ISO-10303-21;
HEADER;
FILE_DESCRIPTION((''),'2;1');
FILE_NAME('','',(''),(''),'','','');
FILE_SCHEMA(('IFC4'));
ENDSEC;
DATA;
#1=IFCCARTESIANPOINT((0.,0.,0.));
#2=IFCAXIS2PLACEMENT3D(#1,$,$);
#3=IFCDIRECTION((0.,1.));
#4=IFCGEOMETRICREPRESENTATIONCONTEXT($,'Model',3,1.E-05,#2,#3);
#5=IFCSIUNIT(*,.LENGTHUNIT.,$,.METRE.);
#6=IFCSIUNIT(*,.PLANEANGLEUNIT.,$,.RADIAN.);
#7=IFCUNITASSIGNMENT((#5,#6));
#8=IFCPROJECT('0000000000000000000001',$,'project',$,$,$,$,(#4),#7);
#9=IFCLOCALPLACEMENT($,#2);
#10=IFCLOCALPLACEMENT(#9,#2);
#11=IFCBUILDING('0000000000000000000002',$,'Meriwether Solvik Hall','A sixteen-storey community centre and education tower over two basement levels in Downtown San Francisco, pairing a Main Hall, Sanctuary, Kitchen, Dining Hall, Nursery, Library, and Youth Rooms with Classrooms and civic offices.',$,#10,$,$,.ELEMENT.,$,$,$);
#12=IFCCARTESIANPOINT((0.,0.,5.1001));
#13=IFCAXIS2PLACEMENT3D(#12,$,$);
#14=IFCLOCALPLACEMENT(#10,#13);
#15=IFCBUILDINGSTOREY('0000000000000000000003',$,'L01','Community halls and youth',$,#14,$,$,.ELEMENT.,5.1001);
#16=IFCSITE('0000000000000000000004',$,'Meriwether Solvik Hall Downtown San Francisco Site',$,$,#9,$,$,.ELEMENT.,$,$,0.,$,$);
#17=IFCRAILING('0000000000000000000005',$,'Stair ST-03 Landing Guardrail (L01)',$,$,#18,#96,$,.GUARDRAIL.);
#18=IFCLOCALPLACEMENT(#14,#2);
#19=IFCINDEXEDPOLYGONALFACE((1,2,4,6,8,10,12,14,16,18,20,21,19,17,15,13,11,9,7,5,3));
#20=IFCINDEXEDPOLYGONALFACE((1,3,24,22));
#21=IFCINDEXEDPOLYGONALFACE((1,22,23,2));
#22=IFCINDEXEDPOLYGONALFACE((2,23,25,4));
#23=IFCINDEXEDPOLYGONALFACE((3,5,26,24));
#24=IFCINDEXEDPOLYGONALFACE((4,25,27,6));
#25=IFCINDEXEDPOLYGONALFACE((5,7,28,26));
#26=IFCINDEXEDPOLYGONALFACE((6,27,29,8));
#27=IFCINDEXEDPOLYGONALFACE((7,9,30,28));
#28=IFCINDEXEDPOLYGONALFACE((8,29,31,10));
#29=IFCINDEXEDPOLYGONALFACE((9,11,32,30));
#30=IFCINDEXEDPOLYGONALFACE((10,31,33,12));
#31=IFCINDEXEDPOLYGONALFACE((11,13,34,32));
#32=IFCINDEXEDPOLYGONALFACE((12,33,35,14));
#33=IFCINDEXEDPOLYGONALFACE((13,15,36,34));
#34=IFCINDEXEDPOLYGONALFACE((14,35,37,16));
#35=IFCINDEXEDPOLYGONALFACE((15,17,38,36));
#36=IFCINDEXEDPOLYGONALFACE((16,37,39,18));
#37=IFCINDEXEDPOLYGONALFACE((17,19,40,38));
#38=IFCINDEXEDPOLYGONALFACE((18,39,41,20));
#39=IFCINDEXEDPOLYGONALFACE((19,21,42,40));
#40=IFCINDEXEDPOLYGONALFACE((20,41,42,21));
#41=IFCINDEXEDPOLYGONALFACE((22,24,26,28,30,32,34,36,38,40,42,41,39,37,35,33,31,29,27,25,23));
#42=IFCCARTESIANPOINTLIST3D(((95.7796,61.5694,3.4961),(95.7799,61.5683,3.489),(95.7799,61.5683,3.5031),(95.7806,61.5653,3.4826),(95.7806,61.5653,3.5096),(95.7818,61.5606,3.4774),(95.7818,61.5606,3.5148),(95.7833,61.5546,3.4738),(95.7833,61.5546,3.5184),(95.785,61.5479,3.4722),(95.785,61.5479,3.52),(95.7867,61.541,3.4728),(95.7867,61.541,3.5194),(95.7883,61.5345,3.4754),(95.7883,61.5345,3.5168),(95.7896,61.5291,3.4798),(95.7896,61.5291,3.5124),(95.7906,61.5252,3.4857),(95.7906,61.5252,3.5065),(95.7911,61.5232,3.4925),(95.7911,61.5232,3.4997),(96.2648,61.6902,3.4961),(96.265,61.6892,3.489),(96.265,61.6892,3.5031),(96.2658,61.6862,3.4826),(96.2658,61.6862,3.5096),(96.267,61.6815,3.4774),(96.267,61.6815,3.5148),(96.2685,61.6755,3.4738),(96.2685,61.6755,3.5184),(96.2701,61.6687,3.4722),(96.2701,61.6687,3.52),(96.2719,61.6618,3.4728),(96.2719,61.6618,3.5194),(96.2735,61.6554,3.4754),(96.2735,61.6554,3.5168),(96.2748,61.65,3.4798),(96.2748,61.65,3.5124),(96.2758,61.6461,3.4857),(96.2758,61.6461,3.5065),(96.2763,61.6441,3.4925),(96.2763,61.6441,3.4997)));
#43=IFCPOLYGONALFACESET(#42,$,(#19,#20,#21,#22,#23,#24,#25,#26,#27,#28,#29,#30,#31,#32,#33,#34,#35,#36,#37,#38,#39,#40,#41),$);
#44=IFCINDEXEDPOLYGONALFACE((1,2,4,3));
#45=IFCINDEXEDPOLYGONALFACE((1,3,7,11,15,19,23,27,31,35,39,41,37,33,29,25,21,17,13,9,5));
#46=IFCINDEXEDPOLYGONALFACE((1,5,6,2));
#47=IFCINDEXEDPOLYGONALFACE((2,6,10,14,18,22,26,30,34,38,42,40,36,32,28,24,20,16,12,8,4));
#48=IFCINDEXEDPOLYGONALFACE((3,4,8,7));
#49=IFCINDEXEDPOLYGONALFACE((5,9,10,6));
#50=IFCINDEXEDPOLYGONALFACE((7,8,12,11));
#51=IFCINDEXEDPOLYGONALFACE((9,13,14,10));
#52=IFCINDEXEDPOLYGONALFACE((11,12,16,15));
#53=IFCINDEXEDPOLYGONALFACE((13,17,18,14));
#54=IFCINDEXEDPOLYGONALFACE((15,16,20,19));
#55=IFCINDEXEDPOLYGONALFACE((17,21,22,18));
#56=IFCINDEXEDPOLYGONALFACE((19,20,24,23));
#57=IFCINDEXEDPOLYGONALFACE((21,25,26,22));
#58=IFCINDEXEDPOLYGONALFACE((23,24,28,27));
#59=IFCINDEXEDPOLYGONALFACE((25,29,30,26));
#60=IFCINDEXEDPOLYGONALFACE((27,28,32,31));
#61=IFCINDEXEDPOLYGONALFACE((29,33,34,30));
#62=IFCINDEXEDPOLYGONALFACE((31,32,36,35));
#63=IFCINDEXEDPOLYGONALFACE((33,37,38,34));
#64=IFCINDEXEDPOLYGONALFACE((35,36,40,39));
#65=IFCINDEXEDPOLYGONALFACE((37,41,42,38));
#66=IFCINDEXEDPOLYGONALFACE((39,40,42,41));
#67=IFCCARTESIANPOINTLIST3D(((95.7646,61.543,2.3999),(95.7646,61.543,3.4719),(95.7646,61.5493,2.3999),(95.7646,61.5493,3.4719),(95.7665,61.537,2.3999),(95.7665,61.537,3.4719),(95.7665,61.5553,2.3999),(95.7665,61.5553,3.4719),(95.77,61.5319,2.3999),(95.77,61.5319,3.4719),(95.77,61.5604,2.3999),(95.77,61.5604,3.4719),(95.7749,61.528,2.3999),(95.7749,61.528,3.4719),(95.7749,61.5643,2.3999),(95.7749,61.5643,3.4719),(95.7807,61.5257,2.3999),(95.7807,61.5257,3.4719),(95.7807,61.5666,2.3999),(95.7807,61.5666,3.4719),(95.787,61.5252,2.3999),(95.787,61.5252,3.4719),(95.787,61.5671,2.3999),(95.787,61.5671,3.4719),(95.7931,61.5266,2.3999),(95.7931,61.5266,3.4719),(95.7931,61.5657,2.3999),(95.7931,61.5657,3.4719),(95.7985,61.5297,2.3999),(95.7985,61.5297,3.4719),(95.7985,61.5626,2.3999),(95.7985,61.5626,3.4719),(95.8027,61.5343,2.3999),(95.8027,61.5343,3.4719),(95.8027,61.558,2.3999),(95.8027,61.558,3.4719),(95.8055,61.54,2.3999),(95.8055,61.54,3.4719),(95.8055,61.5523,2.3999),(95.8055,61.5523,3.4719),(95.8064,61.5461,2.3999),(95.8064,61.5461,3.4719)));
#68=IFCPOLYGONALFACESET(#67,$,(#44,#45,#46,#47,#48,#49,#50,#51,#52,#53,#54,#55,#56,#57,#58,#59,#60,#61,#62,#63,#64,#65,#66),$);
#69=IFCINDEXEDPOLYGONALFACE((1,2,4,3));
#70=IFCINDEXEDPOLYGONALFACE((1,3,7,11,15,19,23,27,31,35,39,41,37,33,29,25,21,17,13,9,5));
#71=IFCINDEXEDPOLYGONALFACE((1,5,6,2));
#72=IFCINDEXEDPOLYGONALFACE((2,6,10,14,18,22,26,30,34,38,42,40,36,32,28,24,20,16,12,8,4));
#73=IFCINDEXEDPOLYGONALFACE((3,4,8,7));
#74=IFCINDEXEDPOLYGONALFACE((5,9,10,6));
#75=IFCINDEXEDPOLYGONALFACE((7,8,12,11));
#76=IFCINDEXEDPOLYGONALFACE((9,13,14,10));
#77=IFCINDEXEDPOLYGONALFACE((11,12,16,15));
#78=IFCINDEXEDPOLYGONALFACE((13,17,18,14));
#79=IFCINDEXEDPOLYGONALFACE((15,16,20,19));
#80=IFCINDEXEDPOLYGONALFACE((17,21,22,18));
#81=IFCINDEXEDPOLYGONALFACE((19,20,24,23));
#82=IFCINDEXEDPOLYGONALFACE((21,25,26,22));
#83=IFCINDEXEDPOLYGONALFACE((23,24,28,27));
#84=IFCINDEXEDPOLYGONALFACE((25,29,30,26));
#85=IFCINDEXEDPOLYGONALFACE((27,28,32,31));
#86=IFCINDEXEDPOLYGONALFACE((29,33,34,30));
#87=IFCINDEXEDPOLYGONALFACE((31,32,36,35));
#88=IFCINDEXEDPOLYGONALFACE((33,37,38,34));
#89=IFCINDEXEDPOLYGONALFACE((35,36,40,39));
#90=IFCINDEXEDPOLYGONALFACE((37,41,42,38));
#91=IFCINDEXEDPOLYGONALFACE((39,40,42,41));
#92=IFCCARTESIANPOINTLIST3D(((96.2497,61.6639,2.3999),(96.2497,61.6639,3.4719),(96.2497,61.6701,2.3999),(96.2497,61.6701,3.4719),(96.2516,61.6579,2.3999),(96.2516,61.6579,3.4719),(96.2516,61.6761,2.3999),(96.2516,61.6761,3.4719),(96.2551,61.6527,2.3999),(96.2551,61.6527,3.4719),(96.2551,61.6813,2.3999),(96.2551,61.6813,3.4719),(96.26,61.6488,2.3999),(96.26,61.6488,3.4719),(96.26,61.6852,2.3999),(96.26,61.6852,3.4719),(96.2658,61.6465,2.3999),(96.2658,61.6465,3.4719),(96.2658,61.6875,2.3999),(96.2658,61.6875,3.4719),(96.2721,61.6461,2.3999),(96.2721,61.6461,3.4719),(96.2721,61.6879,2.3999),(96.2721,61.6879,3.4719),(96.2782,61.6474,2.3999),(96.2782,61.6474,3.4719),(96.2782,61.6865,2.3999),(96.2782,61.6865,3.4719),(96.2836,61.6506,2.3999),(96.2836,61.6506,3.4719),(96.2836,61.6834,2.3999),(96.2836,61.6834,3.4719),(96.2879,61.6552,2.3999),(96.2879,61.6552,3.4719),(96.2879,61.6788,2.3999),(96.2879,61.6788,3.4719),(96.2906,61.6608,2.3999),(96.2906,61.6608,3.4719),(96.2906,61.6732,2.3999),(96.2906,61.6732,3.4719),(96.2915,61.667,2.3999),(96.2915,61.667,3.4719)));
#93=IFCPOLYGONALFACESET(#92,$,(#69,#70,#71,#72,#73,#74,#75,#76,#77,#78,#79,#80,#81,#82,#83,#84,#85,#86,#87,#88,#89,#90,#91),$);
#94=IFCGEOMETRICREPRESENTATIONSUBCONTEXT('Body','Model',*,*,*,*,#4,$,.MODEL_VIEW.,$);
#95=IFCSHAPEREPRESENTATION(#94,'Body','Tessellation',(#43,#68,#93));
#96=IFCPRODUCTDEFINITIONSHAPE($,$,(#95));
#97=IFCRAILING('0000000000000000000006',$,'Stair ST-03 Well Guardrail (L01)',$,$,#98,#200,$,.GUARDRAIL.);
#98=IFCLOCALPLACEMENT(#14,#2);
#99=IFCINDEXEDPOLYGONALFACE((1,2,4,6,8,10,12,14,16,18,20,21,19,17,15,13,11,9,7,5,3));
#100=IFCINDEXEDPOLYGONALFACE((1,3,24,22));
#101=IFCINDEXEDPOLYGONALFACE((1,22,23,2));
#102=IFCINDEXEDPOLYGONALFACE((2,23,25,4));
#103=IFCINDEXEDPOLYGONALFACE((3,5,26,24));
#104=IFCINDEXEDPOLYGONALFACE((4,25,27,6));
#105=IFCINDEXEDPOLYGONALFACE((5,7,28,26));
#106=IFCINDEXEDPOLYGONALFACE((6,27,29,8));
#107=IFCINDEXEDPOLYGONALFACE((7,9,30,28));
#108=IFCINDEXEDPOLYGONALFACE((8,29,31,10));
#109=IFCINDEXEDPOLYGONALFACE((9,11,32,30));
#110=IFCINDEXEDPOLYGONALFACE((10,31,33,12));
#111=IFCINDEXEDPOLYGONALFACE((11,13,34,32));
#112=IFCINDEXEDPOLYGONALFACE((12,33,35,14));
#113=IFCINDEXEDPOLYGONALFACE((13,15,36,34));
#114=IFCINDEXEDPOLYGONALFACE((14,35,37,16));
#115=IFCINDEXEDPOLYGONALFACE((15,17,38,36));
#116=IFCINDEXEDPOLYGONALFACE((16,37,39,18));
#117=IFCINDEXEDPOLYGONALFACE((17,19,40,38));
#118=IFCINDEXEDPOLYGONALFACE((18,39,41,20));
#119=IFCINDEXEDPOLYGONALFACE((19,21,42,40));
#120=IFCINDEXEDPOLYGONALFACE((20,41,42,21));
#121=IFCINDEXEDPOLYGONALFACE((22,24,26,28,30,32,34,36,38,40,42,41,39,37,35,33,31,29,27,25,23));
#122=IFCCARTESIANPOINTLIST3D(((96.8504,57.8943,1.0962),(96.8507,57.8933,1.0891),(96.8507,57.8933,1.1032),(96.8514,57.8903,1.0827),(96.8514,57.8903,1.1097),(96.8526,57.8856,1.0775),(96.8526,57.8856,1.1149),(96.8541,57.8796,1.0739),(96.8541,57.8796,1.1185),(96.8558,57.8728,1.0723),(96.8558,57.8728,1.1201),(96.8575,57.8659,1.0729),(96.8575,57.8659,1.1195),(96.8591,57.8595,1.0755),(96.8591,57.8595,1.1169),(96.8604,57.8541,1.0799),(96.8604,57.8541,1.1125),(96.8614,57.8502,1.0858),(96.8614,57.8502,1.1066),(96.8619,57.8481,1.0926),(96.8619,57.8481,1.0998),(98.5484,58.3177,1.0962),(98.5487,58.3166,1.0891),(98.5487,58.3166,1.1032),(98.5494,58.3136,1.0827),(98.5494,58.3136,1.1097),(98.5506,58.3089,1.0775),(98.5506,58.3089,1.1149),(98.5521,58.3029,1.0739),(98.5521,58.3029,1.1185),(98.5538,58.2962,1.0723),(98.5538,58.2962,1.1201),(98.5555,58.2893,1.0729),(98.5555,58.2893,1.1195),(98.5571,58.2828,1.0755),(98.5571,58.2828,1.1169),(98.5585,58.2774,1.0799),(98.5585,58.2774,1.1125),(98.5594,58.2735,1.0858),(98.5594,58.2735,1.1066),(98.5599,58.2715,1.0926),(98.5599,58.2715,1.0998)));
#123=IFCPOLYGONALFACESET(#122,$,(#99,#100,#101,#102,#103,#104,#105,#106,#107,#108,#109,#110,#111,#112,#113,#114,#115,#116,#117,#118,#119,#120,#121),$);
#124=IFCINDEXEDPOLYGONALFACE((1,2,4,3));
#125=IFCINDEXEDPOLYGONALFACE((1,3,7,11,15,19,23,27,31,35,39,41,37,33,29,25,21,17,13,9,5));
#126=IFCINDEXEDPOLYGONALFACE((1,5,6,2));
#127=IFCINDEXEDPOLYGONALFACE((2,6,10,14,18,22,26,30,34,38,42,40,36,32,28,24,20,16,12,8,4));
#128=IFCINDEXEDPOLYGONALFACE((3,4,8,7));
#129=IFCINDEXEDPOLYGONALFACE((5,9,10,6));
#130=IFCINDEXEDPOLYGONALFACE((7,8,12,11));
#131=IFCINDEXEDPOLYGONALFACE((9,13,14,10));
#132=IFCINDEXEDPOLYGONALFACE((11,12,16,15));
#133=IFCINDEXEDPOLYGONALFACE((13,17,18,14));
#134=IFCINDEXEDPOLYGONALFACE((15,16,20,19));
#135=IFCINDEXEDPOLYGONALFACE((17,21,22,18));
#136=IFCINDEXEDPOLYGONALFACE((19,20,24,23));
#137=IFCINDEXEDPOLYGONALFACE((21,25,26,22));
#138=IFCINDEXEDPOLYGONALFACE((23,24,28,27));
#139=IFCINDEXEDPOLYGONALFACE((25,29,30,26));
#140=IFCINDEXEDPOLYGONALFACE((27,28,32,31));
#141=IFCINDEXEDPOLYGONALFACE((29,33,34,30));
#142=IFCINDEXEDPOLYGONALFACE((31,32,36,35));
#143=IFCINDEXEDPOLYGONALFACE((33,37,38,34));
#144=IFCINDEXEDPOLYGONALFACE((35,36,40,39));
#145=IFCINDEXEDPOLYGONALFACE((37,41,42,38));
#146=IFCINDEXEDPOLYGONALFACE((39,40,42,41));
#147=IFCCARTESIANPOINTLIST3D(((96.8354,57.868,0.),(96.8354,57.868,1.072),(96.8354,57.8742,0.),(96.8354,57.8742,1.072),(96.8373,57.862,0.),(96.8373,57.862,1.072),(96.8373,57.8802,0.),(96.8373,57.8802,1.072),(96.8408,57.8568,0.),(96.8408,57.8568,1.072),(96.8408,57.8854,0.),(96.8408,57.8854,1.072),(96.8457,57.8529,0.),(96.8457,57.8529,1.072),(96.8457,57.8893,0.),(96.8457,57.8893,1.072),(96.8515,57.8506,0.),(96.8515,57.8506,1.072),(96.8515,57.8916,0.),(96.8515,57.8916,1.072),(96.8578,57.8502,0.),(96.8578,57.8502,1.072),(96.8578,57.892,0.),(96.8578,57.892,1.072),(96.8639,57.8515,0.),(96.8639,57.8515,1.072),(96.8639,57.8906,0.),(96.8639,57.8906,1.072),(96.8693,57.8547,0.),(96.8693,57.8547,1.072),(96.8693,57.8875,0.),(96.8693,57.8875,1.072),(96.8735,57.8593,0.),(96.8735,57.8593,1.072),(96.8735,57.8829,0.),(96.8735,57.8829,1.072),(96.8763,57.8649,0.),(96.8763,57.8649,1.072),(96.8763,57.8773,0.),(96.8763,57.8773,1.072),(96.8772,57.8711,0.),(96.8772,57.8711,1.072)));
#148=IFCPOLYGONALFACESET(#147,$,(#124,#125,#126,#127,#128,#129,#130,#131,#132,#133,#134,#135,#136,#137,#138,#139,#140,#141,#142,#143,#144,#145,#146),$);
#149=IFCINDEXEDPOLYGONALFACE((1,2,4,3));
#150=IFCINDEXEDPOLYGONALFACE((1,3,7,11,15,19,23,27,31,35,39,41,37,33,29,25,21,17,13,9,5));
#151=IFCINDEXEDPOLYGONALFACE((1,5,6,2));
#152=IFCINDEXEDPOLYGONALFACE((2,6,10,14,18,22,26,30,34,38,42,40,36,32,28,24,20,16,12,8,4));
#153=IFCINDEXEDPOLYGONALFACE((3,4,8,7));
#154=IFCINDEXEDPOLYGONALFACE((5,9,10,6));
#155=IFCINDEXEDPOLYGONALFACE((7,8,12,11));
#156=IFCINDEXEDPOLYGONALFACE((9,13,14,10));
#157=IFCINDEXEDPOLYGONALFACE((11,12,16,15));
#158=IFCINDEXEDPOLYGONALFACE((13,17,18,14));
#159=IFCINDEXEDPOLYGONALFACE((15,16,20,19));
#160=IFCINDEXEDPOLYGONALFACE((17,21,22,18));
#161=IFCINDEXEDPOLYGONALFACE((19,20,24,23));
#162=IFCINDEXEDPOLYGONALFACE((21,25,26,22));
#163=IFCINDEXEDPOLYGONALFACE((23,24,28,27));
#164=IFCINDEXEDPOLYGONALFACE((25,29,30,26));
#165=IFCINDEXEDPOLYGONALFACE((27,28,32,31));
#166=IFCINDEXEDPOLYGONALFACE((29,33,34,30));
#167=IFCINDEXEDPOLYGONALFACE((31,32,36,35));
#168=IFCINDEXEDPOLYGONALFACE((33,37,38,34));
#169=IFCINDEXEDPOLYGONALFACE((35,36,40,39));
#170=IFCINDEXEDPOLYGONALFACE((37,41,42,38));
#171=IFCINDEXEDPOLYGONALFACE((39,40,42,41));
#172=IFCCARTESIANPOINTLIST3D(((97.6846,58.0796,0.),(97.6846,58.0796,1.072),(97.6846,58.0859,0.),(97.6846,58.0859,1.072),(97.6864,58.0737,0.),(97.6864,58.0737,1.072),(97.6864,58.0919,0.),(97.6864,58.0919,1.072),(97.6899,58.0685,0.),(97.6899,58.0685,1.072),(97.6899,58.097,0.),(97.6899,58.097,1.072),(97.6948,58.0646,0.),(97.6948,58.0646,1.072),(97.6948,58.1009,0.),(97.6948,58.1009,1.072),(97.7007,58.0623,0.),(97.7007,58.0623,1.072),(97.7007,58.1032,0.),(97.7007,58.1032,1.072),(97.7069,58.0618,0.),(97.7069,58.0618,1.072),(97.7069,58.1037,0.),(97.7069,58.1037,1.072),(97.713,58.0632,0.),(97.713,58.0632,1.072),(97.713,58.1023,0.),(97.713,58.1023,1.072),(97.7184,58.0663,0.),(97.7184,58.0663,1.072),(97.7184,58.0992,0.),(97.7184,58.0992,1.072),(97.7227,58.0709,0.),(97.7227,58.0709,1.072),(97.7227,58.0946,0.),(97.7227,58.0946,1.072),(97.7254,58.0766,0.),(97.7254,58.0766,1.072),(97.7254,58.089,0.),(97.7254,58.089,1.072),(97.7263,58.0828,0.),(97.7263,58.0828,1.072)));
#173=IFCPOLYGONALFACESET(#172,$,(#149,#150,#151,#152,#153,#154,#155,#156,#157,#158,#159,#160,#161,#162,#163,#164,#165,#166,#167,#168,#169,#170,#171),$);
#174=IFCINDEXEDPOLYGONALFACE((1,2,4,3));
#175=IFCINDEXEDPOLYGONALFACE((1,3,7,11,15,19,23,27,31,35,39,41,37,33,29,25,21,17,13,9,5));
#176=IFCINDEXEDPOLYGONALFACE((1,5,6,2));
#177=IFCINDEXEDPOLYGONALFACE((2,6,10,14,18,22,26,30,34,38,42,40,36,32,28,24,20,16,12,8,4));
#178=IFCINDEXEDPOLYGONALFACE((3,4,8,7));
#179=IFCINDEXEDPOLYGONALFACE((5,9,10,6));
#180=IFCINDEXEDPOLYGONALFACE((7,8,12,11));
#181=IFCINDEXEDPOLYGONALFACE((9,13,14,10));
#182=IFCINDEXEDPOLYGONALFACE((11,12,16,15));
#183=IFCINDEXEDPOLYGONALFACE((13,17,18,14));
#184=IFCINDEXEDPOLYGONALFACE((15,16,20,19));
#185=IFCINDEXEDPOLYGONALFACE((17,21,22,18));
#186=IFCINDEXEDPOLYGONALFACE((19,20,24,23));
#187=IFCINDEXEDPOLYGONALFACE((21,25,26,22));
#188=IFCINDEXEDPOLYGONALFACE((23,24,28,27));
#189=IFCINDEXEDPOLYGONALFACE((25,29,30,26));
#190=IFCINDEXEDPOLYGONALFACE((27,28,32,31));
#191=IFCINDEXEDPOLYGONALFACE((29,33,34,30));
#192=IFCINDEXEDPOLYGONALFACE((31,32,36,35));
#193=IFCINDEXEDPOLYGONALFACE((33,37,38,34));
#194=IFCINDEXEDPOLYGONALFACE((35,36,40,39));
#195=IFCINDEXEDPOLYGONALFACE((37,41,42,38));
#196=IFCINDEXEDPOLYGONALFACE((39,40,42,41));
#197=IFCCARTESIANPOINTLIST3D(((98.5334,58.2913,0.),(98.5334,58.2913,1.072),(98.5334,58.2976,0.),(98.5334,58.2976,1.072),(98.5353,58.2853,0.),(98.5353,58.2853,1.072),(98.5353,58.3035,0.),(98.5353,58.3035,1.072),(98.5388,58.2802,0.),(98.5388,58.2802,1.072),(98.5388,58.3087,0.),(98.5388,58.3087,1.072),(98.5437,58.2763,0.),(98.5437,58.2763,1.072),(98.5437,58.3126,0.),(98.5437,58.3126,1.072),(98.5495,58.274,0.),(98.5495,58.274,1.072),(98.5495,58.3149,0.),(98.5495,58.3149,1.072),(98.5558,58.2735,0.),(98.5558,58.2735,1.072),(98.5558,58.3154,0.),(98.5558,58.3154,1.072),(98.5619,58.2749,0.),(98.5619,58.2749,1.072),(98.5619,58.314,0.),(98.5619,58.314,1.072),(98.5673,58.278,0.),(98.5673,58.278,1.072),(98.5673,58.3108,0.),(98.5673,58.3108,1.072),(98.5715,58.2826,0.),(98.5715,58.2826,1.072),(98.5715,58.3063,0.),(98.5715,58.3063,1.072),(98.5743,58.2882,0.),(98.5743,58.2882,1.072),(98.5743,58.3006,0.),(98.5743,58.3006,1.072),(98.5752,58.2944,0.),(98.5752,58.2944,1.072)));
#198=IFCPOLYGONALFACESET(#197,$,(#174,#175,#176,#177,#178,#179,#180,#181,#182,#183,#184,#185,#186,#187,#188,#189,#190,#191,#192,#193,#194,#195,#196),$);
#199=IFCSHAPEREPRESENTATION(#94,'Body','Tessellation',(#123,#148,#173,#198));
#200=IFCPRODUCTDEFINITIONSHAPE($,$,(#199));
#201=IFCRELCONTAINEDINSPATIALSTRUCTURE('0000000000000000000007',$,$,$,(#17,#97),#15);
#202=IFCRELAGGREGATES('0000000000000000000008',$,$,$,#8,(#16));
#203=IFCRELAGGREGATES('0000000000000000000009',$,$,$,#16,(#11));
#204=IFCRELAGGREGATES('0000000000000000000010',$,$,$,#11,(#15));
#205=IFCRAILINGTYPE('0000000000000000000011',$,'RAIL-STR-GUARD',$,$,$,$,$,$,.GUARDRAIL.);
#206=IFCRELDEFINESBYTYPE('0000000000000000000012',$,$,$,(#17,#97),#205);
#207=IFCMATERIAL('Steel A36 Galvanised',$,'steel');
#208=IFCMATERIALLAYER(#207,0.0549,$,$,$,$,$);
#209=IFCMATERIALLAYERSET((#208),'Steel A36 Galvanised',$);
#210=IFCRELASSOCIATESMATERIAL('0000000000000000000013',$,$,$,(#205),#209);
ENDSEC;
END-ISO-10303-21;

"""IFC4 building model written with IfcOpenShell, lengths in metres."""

from ifc_helpers import new_model, si_unit, direction, frame, origin, origin_2d, place, context, subcontext, project, spatial, circle, extrude, material, layer, layer_set, type_object, element, save


model = new_model("IFC4")

# Units and contexts
model_context = context("Model", 3, precision=1e-05, world=origin(), true_north=direction((0.0, 1.0)))
body_context = subcontext(model_context, "Body", "Model", "MODEL_VIEW")
ifc_project = project(units=[si_unit("LENGTHUNIT", "METRE"), si_unit("PLANEANGLEUNIT", "RADIAN")], contexts=[model_context])

# Site, building, storey
site_placement = place(None, origin())
site = spatial("IfcSite", under=ifc_project, at=site_placement, Name="Meriwether Solvik Hall Downtown San Francisco Site", CompositionType="ELEMENT", RefElevation=0.0)
building_placement = place(site_placement, origin())
building = spatial("IfcBuilding", under=site, at=building_placement, Name="Meriwether Solvik Hall", Description="A sixteen-storey community centre and education tower over two basement levels in Downtown San Francisco, pairing a Main Hall, Sanctuary, Kitchen, Dining Hall, Nursery, Library, and Youth Rooms with Classrooms and civic offices.", CompositionType="ELEMENT")
storey_placement = place(building_placement, frame((0.0, 0.0, 5.1001)))
storey = spatial("IfcBuildingStorey", under=building, at=storey_placement, Name="L01", Description="Community halls and youth", CompositionType="ELEMENT", Elevation=5.1001)

# Railings
ifc_material_1 = material(Name="Steel A36 Galvanised", Category="steel")
ifc_layer_1 = layer(ifc_material_1, 0.0549)
ifc_layer_set_1 = layer_set([ifc_layer_1], Name="Steel A36 Galvanised")
railing_type_1 = type_object("IfcRailingType", Name="RAIL-STR-GUARD", PredefinedType="GUARDRAIL", material=ifc_layer_set_1)
railing_1_placement = place(storey_placement, frame((95.7854, 61.5461, 2.3999)))
element("IfcRailing", 1, at=railing_1_placement, inside=storey, type_object=railing_type_1, Name="Stair ST-03 Landing Guardrail (L01)", PredefinedType="GUARDRAIL", context=body_context, shape_type="SweptSolid", body=[
    extrude(circle(Radius=0.0239, at=origin_2d()), frame((0.0, 0.0, 1.0962), z_axis=(0.970343, 0.241731, 0.0), x_axis=(-0.241731, 0.970343, 0.0)), (0.0, 0.0, 1.0), 0.5),
    extrude(circle(Radius=0.021, at=origin_2d()), origin(), (0.0, 0.0, 1.0), 1.072),
    extrude(circle(Radius=0.021, at=origin_2d()), frame((0.4851, 0.1208, 0.0)), (0.0, 0.0, 1.0), 1.072),
])
railing_2_placement = place(storey_placement, frame((96.8562, 57.8711, 0.0)))
element("IfcRailing", 2, at=railing_2_placement, inside=storey, type_object=railing_type_1, Name="Stair ST-03 Well Guardrail (L01)", PredefinedType="GUARDRAIL", context=body_context, shape_type="SweptSolid", body=[
    extrude(circle(Radius=0.0239, at=origin_2d()), frame((0.0, 0.0, 1.0962), z_axis=(0.970298, 0.241912, 0.0), x_axis=(-0.241912, 0.970298, 0.0)), (0.0, 0.0, 1.0), 1.75),
    extrude(circle(Radius=0.021, at=origin_2d()), origin(), (0.0, 0.0, 1.0), 1.072),
    extrude(circle(Radius=0.021, at=origin_2d()), frame((0.8491, 0.2117, 0.0)), (0.0, 0.0, 1.0), 1.072),
    extrude(circle(Radius=0.021, at=origin_2d()), frame((1.698, 0.4233, 0.0)), (0.0, 0.0, 1.0), 1.072),
])

save(model, "model.ifc")
